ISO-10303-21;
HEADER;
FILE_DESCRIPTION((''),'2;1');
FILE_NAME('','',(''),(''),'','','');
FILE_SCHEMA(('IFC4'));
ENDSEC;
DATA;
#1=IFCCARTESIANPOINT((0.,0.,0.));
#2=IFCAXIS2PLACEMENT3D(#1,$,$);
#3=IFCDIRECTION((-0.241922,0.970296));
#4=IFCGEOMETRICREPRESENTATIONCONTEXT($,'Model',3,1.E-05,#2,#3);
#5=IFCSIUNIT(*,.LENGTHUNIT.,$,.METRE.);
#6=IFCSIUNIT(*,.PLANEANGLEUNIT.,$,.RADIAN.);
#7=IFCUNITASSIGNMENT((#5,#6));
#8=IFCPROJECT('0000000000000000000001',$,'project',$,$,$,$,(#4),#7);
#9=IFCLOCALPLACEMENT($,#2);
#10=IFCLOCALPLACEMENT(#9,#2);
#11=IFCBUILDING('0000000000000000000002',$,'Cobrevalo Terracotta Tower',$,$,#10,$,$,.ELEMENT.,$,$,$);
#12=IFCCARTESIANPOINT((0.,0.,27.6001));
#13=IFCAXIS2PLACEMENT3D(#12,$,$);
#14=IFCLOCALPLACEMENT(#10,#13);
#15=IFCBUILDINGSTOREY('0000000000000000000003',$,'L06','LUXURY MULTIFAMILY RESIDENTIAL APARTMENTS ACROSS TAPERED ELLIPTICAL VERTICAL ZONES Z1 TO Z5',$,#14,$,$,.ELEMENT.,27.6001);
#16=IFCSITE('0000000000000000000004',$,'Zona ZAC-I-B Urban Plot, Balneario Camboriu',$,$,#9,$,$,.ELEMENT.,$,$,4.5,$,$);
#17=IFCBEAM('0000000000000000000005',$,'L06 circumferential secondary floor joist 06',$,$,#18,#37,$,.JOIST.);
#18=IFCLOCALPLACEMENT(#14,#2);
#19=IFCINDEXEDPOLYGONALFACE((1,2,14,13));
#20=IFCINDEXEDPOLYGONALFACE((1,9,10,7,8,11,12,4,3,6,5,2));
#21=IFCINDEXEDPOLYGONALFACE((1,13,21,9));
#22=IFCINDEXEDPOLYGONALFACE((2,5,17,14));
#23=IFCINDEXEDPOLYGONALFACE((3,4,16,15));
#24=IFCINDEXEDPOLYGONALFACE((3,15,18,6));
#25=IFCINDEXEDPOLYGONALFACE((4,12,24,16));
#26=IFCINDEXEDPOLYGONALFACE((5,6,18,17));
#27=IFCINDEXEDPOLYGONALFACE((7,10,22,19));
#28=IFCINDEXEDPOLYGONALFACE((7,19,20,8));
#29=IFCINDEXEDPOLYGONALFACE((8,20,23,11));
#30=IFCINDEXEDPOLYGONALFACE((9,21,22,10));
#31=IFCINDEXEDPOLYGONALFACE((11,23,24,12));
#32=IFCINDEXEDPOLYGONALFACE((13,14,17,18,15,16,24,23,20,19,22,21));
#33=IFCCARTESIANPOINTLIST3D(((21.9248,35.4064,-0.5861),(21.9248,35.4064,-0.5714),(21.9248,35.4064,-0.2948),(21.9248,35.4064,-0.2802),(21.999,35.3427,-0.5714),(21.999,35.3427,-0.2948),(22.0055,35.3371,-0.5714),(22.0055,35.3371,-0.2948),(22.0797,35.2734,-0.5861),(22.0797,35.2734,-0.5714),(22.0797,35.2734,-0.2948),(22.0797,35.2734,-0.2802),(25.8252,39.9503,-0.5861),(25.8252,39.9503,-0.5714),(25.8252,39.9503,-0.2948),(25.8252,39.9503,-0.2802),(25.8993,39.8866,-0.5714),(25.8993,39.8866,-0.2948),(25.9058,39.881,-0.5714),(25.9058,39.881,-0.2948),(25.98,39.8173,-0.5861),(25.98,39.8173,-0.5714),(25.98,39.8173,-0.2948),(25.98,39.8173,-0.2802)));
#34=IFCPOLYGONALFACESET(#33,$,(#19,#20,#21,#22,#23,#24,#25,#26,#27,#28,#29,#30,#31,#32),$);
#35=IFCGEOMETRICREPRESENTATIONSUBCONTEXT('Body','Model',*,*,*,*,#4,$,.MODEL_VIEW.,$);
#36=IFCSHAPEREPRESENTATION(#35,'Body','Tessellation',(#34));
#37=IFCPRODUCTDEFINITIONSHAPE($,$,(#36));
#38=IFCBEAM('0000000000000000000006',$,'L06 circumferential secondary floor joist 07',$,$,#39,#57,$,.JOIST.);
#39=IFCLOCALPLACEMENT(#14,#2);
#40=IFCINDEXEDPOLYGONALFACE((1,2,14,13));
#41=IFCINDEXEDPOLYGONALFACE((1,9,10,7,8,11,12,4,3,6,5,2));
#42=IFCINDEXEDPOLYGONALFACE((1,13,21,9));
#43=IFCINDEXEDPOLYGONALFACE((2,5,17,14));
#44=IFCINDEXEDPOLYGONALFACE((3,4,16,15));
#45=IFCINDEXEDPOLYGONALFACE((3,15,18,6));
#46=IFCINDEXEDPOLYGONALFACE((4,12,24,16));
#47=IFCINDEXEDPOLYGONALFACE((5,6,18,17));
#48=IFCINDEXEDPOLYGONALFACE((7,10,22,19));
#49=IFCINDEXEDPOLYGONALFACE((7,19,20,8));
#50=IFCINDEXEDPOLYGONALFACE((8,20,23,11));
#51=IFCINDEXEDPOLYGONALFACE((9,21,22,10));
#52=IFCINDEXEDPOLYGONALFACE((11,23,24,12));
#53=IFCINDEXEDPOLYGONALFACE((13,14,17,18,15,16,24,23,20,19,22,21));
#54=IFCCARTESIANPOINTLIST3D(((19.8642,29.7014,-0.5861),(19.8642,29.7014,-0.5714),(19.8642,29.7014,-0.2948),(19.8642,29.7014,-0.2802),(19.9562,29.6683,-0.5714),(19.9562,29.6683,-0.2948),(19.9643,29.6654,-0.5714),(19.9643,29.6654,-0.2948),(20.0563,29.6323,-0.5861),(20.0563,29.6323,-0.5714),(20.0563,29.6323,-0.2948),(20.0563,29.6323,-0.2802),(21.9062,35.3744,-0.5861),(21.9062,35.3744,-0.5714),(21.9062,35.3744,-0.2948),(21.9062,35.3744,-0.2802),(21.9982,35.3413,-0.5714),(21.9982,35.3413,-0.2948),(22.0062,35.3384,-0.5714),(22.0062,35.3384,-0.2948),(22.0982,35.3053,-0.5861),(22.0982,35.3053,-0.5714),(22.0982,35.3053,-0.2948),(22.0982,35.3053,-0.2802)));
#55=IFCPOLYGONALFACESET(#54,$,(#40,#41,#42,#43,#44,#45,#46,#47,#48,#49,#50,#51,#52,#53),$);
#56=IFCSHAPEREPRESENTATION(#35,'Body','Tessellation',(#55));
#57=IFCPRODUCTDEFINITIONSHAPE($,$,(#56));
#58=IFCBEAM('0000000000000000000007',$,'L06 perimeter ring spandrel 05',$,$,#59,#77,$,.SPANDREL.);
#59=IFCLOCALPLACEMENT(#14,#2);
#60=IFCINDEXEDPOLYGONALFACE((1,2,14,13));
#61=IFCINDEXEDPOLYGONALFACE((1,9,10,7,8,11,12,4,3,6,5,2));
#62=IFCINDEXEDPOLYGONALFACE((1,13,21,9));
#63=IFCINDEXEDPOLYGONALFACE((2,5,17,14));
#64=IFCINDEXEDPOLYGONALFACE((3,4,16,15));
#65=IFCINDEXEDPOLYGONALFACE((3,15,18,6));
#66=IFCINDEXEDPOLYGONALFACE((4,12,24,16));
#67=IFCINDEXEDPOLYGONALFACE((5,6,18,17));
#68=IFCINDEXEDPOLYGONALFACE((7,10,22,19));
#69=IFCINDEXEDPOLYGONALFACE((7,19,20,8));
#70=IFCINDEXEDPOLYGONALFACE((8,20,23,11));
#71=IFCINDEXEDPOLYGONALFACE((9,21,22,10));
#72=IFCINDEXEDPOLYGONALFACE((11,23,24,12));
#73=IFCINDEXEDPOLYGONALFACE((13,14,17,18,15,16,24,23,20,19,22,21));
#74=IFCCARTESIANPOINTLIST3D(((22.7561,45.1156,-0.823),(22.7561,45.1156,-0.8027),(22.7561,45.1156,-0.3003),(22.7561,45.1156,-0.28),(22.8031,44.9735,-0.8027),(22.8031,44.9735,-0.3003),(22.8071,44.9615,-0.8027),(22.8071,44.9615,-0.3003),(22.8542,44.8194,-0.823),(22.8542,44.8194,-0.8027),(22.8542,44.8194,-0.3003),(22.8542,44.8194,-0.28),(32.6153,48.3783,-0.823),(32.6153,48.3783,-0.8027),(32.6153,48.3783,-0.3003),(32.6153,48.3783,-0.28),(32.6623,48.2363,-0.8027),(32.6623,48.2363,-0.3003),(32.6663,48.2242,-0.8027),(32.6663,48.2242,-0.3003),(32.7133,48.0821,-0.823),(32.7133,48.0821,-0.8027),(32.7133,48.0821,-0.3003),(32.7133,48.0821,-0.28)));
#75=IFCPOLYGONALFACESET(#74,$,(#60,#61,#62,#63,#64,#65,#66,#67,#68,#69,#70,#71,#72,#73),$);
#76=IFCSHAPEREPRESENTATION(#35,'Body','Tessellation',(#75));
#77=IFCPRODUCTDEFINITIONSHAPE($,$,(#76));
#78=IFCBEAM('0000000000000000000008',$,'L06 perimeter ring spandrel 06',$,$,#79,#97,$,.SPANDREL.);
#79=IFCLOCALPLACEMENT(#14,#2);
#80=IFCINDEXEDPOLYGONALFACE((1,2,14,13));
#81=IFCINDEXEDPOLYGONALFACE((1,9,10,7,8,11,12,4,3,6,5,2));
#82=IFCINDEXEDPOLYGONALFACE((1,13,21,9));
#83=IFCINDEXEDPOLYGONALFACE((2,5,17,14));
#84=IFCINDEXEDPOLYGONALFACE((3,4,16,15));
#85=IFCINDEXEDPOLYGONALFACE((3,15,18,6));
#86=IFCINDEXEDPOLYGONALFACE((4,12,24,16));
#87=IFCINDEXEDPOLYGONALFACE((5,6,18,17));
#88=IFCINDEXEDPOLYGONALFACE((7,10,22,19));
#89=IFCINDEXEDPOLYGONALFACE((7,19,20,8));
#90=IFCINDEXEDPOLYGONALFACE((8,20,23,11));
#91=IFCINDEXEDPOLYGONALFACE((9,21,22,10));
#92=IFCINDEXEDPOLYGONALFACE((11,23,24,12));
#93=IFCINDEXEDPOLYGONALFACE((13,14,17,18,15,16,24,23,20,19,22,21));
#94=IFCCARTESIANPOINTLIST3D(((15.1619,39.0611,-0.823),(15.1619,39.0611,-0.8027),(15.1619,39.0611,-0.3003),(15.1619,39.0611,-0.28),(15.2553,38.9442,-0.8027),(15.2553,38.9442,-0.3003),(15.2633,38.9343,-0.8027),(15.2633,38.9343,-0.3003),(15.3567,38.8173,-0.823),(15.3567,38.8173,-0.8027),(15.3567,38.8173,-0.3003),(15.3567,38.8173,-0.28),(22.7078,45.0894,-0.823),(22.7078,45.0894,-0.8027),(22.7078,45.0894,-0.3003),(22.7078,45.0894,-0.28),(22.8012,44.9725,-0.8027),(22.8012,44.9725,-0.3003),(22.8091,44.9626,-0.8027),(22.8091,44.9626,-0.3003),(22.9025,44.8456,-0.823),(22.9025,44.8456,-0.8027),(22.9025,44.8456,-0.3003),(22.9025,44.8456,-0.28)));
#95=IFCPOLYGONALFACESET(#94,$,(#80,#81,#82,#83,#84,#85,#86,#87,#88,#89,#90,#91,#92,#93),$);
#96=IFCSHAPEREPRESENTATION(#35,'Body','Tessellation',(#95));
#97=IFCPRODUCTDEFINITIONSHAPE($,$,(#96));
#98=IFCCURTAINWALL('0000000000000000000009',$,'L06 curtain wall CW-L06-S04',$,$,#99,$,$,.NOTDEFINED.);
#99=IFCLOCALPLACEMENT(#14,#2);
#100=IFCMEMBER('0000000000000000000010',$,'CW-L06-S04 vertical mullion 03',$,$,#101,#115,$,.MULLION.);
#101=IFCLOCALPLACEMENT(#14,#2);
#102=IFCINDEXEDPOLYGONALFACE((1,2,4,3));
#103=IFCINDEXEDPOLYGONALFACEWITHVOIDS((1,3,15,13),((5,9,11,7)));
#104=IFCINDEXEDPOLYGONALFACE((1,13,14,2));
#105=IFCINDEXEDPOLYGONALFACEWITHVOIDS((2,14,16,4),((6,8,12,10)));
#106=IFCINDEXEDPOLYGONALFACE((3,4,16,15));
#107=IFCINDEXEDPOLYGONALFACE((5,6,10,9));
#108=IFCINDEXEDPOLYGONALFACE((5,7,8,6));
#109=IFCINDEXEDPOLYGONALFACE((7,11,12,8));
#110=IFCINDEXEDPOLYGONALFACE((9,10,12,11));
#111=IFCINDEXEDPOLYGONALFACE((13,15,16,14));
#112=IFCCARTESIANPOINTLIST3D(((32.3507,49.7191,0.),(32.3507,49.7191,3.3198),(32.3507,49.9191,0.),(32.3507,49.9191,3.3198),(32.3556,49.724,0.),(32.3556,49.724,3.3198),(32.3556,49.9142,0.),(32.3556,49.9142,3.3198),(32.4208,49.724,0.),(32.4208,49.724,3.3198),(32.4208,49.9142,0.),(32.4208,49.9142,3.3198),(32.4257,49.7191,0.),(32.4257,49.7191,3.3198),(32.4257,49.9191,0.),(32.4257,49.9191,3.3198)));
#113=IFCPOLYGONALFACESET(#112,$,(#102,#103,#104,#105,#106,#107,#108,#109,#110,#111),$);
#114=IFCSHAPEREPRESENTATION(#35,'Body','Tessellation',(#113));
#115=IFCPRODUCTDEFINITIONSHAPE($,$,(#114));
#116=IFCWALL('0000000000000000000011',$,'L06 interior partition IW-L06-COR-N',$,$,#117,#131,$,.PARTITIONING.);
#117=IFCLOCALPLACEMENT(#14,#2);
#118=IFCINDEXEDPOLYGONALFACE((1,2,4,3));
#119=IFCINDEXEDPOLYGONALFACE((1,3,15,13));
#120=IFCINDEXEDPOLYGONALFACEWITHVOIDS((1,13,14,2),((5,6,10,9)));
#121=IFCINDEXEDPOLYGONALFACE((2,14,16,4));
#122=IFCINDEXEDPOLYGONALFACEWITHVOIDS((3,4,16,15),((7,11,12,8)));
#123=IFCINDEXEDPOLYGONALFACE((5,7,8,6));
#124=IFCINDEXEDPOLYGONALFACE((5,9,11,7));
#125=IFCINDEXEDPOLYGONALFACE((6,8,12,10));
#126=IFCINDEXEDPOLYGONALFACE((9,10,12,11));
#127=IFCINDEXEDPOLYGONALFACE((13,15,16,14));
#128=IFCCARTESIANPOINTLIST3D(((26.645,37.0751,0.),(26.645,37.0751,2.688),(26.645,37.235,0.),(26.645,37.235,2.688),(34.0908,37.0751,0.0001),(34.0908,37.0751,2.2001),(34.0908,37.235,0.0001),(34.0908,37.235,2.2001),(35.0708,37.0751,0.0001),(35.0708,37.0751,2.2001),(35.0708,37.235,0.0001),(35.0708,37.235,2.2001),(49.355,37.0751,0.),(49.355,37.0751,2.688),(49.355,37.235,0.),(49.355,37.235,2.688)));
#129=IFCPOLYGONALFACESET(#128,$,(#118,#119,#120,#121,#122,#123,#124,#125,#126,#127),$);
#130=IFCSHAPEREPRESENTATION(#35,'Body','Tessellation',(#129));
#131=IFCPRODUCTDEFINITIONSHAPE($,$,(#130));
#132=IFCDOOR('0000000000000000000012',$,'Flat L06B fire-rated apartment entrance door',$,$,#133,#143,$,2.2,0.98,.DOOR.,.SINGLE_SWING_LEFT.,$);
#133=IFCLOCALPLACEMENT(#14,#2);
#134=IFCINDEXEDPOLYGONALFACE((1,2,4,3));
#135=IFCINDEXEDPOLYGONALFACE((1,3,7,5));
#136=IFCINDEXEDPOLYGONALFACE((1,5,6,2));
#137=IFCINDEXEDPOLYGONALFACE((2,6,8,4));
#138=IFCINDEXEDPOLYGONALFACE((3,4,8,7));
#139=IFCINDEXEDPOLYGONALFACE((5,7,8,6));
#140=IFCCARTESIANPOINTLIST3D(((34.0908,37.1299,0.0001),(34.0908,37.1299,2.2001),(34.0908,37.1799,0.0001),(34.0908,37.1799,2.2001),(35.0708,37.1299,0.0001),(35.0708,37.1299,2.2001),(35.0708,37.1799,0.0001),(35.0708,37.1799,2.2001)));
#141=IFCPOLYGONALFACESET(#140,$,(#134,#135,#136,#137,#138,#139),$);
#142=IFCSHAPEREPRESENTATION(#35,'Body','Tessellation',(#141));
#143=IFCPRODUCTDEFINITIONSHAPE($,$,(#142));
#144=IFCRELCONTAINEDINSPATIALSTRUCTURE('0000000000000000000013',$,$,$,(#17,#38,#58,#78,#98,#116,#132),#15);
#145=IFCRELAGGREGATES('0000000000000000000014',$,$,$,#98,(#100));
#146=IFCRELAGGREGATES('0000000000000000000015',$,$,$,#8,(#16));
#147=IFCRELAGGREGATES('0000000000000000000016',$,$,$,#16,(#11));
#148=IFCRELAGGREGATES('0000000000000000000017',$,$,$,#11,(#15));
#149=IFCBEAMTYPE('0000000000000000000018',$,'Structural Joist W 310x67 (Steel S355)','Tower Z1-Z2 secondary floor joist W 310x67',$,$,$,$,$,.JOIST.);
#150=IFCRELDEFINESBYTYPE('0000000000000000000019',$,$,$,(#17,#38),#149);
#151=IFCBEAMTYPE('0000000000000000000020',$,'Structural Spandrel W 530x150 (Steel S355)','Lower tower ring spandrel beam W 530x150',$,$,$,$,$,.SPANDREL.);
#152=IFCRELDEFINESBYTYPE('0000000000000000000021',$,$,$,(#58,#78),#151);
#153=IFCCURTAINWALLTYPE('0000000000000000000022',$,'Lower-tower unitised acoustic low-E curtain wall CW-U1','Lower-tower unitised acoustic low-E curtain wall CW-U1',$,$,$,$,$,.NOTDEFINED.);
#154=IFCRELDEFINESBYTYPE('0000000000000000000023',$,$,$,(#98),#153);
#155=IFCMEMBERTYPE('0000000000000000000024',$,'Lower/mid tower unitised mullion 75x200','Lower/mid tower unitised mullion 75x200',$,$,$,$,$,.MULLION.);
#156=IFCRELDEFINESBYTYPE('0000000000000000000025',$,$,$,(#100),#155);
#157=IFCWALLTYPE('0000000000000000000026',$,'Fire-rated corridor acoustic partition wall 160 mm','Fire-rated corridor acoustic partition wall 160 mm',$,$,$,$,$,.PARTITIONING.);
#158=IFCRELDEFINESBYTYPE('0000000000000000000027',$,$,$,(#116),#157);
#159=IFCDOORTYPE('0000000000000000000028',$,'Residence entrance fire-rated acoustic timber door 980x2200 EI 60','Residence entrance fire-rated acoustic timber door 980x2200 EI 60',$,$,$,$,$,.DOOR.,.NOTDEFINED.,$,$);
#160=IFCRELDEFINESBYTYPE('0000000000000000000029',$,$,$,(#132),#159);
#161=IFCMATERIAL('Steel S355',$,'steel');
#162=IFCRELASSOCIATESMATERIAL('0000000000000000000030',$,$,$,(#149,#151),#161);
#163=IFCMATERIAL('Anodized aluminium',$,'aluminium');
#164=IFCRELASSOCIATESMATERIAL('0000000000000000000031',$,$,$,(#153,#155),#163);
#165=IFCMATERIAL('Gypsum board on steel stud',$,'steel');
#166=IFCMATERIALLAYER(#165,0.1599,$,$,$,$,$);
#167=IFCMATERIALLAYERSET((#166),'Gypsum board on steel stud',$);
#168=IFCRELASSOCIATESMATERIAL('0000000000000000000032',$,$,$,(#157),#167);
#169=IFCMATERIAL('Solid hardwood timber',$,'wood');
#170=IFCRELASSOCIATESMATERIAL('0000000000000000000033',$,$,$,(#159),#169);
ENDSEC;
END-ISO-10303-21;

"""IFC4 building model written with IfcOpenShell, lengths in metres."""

from ifc_helpers import new_model, si_unit, direction, frame, frame_2d, origin, origin_2d, place, context, subcontext, project, spatial, rectangle, hollow_rectangle, i_section, extrude, source, transform, mapped, material, layer, layer_set, material_profile, profile_set, type_object, element, fill, aggregate, save


model = new_model("IFC4")

# Units and contexts
model_context = context("Model", 3, precision=1e-05, world=origin(), true_north=direction((-0.241922, 0.970296)))
body_context = subcontext(model_context, "Body", "Model", "MODEL_VIEW")
ifc_project = project(units=[si_unit("LENGTHUNIT", "METRE"), si_unit("PLANEANGLEUNIT", "RADIAN")], contexts=[model_context])

# Site, building, storey
site_placement = place(None, origin())
site = spatial("IfcSite", under=ifc_project, at=site_placement, Name="Zona ZAC-I-B Urban Plot, Balneario Camboriu", CompositionType="ELEMENT", RefElevation=4.5)
building_placement = place(site_placement, origin())
building = spatial("IfcBuilding", under=site, at=building_placement, Name="Cobrevalo Terracotta Tower", CompositionType="ELEMENT")
storey_placement = place(building_placement, frame((0.0, 0.0, 27.6001)))
storey = spatial("IfcBuildingStorey", under=building, at=storey_placement, Name="L06", Description="LUXURY MULTIFAMILY RESIDENTIAL APARTMENTS ACROSS TAPERED ELLIPTICAL VERTICAL ZONES Z1 TO Z5", CompositionType="ELEMENT", Elevation=27.6001)

# Shared definitions
ifc_material_1 = material(Name="Steel S355", Category="steel")

# Beams
ifc_material_profile_1 = material_profile(ifc_material_1, i_section(OverallWidth=0.2041, OverallDepth=0.3059, WebThickness=0.0085, FlangeThickness=0.0146, at=origin_2d()), Name="W 310x67")
ifc_profile_set_1 = profile_set([ifc_material_profile_1], Name="Steel S355")
beam_type_1 = type_object("IfcBeamType", Name="Structural Joist W 310x67 (Steel S355)", Description="Tower Z1-Z2 secondary floor joist W 310x67", PredefinedType="JOIST", material=ifc_profile_set_1)
beam_1_placement = place(storey_placement, frame((25.9026, 39.8838, -0.4331), z_axis=(-0.651328, -0.758796, 0.0), x_axis=(0.758796, -0.651328, 0.0)))
element("IfcBeam", 1, at=beam_1_placement, inside=storey, type_object=beam_type_1, Name="L06 circumferential secondary floor joist 06", PredefinedType="JOIST", context=body_context, shape_type="SweptSolid", body=[
    extrude(i_section(OverallWidth=0.2041, OverallDepth=0.3059, WebThickness=0.0085, FlangeThickness=0.0146, at=origin_2d()), origin(), (0.0, 0.0, 1.0), 5.9883),
])
beam_2_placement = place(storey_placement, frame((22.0022, 35.3398, -0.4331), z_axis=(-0.338672, -0.940904, 0.0), x_axis=(0.940904, -0.338672, 0.0)))
element("IfcBeam", 2, at=beam_2_placement, inside=storey, type_object=beam_type_1, Name="L06 circumferential secondary floor joist 07", PredefinedType="JOIST", context=body_context, shape_type="SweptSolid", body=[
    extrude(i_section(OverallWidth=0.2041, OverallDepth=0.3059, WebThickness=0.0085, FlangeThickness=0.0146, at=origin_2d()), origin(), (0.0, 0.0, 1.0), 6.0293),
])
ifc_material_profile_2 = material_profile(ifc_material_1, i_section(OverallWidth=0.312, OverallDepth=0.543, WebThickness=0.0127, FlangeThickness=0.0203, at=origin_2d()), Name="W 530x150")
ifc_profile_set_2 = profile_set([ifc_material_profile_2], Name="Steel S355")
beam_type_2 = type_object("IfcBeamType", Name="Structural Spandrel W 530x150 (Steel S355)", Description="Lower tower ring spandrel beam W 530x150", PredefinedType="SPANDREL", material=ifc_profile_set_2)
beam_3_placement = place(storey_placement, frame((32.6643, 48.2302, -0.5515), z_axis=(-0.949365, -0.314175, 0.0), x_axis=(0.314175, -0.949365, 0.0)))
element("IfcBeam", 3, at=beam_3_placement, inside=storey, type_object=beam_type_2, Name="L06 perimeter ring spandrel 05", PredefinedType="SPANDREL", context=body_context, shape_type="SweptSolid", body=[
    extrude(i_section(OverallWidth=0.312, OverallDepth=0.543, WebThickness=0.0127, FlangeThickness=0.0203, at=origin_2d()), origin(), (0.0, 0.0, 1.0), 10.385),
])
beam_4_placement = place(storey_placement, frame((22.8052, 44.9675, -0.5515), z_axis=(-0.781293, -0.624165, 0.0), x_axis=(0.624165, -0.781293, 0.0)))
element("IfcBeam", 4, at=beam_4_placement, inside=storey, type_object=beam_type_2, Name="L06 perimeter ring spandrel 06", PredefinedType="SPANDREL", context=body_context, shape_type="SweptSolid", body=[
    extrude(i_section(OverallWidth=0.312, OverallDepth=0.543, WebThickness=0.0127, FlangeThickness=0.0203, at=origin_2d()), origin(), (0.0, 0.0, 1.0), 9.6582),
])

# Curtain wall, member
ifc_material_2 = material(Name="Anodized aluminium", Category="aluminium")
curtain_wall_type = type_object("IfcCurtainWallType", Name="Lower-tower unitised acoustic low-E curtain wall CW-U1", Description="Lower-tower unitised acoustic low-E curtain wall CW-U1", PredefinedType="NOTDEFINED", material=ifc_material_2)
curtain_wall_placement = place(storey_placement, origin())
curtain_wall = element("IfcCurtainWall", 5, at=curtain_wall_placement, inside=storey, type_object=curtain_wall_type, Name="L06 curtain wall CW-L06-S04", PredefinedType="NOTDEFINED")
ifc_material_profile_3 = material_profile(ifc_material_2, hollow_rectangle(XDim=0.075, YDim=0.2, WallThickness=0.0049, at=origin_2d()), Name="CWM 75x200")
ifc_profile_set_3 = profile_set([ifc_material_profile_3], Name="Anodized aluminium")
member_type = type_object("IfcMemberType", Name="Lower/mid tower unitised mullion 75x200", Description="Lower/mid tower unitised mullion 75x200", PredefinedType="MULLION", material=ifc_profile_set_3)
shared_shape_1 = source(origin(), body_context, "Body", "SweptSolid", [
    extrude(hollow_rectangle(XDim=0.075, YDim=0.2, WallThickness=0.0049, at=origin_2d()), origin(), (0.0, 0.0, 1.0), 3.3198),
])
member_placement = place(storey_placement, frame((32.3882, 49.8191, 0.0), z_axis=(0.0, 0.0, 1.0), x_axis=(-1.0, 0.0, 0.0)))
member = element("IfcMember", 6, at=member_placement, type_object=member_type, Name="CW-L06-S04 vertical mullion 03", PredefinedType="MULLION", context=body_context, shape_type="MappedRepresentation", body=[
    mapped(shared_shape_1, transform((0.0, 0.0, 0.0), scale=1.0)),
])
aggregate(curtain_wall, [member])

# Wall, opening, door
ifc_material_3 = material(Name="Gypsum board on steel stud", Category="steel")
ifc_layer_1 = layer(ifc_material_3, 0.1599)
ifc_layer_set_1 = layer_set([ifc_layer_1], Name="Gypsum board on steel stud")
wall_type_1 = type_object("IfcWallType", Name="Fire-rated corridor acoustic partition wall 160 mm", Description="Fire-rated corridor acoustic partition wall 160 mm", PredefinedType="PARTITIONING", material=ifc_layer_set_1)
wall_1_placement = place(storey_placement, frame((26.645, 37.155, 0.0), z_axis=(0.0, 0.0, 1.0), x_axis=(1.0, 0.0, 0.0)))
wall_1 = element("IfcWall", 7, at=wall_1_placement, inside=storey, type_object=wall_type_1, Name="L06 interior partition IW-L06-COR-N", PredefinedType="PARTITIONING", context=body_context, shape_type="SweptSolid", body=[
    extrude(rectangle(XDim=22.71, YDim=0.1599, at=frame_2d((11.355, 0.0))), origin(), (0.0, 0.0, 1.0), 2.688),
])
opening_1_placement = place(wall_1_placement, frame((7.4458, 0.0, 0.0)))
opening_1 = element("IfcOpeningElement", 8, at=opening_1_placement, cuts=wall_1, PredefinedType="OPENING", context=body_context, shape_type="SweptSolid", body=[
    extrude(rectangle(XDim=0.98, YDim=2.2, at=frame_2d((0.49, 1.1001))), frame((0.0, 0.0898, 0.0), z_axis=(0.0, -1.0, 0.0), x_axis=(1.0, 0.0, 0.0)), (0.0, 0.0, 1.0), 0.1799),
])
ifc_material_4 = material(Name="Solid hardwood timber", Category="wood")
door_type_1 = type_object("IfcDoorType", Name="Residence entrance fire-rated acoustic timber door 980x2200 EI 60", Description="Residence entrance fire-rated acoustic timber door 980x2200 EI 60", OperationType="NOTDEFINED", PredefinedType="DOOR", material=ifc_material_4)
shared_shape_2 = source(origin(), body_context, "Body", "SweptSolid", [
    extrude(rectangle(XDim=0.98, YDim=2.2, at=frame_2d((0.49, 1.1001))), frame((0.0, 0.0249, 0.0), z_axis=(0.0, -1.0, 0.0), x_axis=(1.0, 0.0, 0.0)), (0.0, 0.0, 1.0), 0.05),
])
door_1_placement = place(opening_1_placement, origin())
door_1 = element("IfcDoor", 9, at=door_1_placement, inside=storey, type_object=door_type_1, Name="Flat L06B fire-rated apartment entrance door", OperationType="SINGLE_SWING_LEFT", OverallHeight=2.2, OverallWidth=0.98, PredefinedType="DOOR", context=body_context, shape_type="MappedRepresentation", body=[
    mapped(shared_shape_2, transform((0.0, 0.0, 0.0), scale=1.0)),
])
fill(opening_1, door_1)

save(model, "model.ifc")
